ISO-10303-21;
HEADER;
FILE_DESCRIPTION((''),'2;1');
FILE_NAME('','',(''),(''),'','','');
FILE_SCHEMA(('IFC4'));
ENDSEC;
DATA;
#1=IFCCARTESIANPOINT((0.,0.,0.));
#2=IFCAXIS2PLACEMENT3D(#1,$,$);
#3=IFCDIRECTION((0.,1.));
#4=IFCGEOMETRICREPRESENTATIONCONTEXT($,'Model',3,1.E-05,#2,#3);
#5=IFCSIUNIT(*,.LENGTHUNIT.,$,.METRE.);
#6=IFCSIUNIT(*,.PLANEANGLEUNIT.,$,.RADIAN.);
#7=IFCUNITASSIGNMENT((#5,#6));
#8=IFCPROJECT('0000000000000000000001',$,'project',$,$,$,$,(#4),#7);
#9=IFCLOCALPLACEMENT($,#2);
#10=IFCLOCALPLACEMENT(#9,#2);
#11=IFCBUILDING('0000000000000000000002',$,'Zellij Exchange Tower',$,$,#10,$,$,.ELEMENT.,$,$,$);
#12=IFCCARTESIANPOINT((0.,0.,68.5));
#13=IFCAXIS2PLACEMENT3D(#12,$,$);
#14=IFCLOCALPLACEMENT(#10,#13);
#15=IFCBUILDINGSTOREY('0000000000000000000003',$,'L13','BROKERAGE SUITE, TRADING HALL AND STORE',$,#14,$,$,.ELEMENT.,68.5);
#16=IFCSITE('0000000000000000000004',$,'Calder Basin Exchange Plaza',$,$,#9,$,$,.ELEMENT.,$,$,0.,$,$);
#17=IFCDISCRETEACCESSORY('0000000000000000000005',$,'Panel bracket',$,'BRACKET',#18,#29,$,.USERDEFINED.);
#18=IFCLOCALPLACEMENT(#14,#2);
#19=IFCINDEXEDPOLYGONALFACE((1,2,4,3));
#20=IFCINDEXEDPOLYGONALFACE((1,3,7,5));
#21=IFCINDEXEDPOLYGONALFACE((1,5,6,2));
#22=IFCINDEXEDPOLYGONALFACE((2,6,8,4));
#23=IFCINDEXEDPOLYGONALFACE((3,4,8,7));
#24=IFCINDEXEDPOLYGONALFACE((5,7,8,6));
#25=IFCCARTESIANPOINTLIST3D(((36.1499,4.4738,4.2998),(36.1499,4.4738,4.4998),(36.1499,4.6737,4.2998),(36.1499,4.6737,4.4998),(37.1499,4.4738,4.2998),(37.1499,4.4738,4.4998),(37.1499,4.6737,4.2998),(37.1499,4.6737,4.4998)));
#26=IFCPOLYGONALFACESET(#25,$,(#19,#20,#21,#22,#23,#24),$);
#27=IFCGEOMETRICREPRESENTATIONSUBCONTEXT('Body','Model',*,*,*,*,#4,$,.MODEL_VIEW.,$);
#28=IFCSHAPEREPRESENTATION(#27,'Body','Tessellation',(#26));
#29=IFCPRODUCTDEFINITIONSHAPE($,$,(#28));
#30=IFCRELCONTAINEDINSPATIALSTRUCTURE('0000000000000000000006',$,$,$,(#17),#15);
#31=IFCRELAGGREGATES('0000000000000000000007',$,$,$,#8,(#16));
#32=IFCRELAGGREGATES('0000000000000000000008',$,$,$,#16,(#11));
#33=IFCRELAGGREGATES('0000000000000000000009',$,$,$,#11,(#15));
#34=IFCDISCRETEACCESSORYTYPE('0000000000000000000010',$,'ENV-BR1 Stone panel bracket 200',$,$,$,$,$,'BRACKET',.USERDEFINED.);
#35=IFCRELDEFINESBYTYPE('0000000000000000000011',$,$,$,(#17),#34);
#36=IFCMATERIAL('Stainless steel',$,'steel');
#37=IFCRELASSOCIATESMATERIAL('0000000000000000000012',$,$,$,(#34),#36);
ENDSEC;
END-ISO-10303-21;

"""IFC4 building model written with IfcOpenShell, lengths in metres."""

from ifc_helpers import new_model, si_unit, direction, frame, origin, origin_2d, place, context, subcontext, project, spatial, rectangle, extrude, material, type_object, element, save


model = new_model("IFC4")

# Units and contexts
model_context = context("Model", 3, precision=1e-05, world=origin(), true_north=direction((0.0, 1.0)))
body_context = subcontext(model_context, "Body", "Model", "MODEL_VIEW")
ifc_project = project(units=[si_unit("LENGTHUNIT", "METRE"), si_unit("PLANEANGLEUNIT", "RADIAN")], contexts=[model_context])

# Site, building, storey
site_placement = place(None, origin())
site = spatial("IfcSite", under=ifc_project, at=site_placement, Name="Calder Basin Exchange Plaza", CompositionType="ELEMENT", RefElevation=0.0)
building_placement = place(site_placement, origin())
building = spatial("IfcBuilding", under=site, at=building_placement, Name="Zellij Exchange Tower", CompositionType="ELEMENT")
storey_placement = place(building_placement, frame((0.0, 0.0, 68.5)))
storey = spatial("IfcBuildingStorey", under=building, at=storey_placement, Name="L13", Description="BROKERAGE SUITE, TRADING HALL AND STORE", CompositionType="ELEMENT", Elevation=68.5)

# Discrete accessory
ifc_material_1 = material(Name="Stainless steel", Category="steel")
discrete_accessory_type = type_object("IfcDiscreteAccessoryType", Name="ENV-BR1 Stone panel bracket 200", ElementType="BRACKET", PredefinedType="USERDEFINED", material=ifc_material_1)
for number, where, z_axis, x_axis, name in (
    (1, (36.6499, 4.5737, 4.2998), (0.0, 0.0, 1.0), (0.0, 1.0, 0.0), "Panel bracket"),
):
    element("IfcDiscreteAccessory", number, at=place(storey_placement, frame(where, z_axis=z_axis, x_axis=x_axis)), inside=storey, type_object=discrete_accessory_type, Name=name, ObjectType="BRACKET", PredefinedType="USERDEFINED", context=body_context, shape_type="SweptSolid", body=[
        extrude(rectangle(XDim=0.2, YDim=1.0, at=origin_2d()), origin(), (0.0, 0.0, 1.0), 0.2),
    ])

save(model, "model.ifc")
